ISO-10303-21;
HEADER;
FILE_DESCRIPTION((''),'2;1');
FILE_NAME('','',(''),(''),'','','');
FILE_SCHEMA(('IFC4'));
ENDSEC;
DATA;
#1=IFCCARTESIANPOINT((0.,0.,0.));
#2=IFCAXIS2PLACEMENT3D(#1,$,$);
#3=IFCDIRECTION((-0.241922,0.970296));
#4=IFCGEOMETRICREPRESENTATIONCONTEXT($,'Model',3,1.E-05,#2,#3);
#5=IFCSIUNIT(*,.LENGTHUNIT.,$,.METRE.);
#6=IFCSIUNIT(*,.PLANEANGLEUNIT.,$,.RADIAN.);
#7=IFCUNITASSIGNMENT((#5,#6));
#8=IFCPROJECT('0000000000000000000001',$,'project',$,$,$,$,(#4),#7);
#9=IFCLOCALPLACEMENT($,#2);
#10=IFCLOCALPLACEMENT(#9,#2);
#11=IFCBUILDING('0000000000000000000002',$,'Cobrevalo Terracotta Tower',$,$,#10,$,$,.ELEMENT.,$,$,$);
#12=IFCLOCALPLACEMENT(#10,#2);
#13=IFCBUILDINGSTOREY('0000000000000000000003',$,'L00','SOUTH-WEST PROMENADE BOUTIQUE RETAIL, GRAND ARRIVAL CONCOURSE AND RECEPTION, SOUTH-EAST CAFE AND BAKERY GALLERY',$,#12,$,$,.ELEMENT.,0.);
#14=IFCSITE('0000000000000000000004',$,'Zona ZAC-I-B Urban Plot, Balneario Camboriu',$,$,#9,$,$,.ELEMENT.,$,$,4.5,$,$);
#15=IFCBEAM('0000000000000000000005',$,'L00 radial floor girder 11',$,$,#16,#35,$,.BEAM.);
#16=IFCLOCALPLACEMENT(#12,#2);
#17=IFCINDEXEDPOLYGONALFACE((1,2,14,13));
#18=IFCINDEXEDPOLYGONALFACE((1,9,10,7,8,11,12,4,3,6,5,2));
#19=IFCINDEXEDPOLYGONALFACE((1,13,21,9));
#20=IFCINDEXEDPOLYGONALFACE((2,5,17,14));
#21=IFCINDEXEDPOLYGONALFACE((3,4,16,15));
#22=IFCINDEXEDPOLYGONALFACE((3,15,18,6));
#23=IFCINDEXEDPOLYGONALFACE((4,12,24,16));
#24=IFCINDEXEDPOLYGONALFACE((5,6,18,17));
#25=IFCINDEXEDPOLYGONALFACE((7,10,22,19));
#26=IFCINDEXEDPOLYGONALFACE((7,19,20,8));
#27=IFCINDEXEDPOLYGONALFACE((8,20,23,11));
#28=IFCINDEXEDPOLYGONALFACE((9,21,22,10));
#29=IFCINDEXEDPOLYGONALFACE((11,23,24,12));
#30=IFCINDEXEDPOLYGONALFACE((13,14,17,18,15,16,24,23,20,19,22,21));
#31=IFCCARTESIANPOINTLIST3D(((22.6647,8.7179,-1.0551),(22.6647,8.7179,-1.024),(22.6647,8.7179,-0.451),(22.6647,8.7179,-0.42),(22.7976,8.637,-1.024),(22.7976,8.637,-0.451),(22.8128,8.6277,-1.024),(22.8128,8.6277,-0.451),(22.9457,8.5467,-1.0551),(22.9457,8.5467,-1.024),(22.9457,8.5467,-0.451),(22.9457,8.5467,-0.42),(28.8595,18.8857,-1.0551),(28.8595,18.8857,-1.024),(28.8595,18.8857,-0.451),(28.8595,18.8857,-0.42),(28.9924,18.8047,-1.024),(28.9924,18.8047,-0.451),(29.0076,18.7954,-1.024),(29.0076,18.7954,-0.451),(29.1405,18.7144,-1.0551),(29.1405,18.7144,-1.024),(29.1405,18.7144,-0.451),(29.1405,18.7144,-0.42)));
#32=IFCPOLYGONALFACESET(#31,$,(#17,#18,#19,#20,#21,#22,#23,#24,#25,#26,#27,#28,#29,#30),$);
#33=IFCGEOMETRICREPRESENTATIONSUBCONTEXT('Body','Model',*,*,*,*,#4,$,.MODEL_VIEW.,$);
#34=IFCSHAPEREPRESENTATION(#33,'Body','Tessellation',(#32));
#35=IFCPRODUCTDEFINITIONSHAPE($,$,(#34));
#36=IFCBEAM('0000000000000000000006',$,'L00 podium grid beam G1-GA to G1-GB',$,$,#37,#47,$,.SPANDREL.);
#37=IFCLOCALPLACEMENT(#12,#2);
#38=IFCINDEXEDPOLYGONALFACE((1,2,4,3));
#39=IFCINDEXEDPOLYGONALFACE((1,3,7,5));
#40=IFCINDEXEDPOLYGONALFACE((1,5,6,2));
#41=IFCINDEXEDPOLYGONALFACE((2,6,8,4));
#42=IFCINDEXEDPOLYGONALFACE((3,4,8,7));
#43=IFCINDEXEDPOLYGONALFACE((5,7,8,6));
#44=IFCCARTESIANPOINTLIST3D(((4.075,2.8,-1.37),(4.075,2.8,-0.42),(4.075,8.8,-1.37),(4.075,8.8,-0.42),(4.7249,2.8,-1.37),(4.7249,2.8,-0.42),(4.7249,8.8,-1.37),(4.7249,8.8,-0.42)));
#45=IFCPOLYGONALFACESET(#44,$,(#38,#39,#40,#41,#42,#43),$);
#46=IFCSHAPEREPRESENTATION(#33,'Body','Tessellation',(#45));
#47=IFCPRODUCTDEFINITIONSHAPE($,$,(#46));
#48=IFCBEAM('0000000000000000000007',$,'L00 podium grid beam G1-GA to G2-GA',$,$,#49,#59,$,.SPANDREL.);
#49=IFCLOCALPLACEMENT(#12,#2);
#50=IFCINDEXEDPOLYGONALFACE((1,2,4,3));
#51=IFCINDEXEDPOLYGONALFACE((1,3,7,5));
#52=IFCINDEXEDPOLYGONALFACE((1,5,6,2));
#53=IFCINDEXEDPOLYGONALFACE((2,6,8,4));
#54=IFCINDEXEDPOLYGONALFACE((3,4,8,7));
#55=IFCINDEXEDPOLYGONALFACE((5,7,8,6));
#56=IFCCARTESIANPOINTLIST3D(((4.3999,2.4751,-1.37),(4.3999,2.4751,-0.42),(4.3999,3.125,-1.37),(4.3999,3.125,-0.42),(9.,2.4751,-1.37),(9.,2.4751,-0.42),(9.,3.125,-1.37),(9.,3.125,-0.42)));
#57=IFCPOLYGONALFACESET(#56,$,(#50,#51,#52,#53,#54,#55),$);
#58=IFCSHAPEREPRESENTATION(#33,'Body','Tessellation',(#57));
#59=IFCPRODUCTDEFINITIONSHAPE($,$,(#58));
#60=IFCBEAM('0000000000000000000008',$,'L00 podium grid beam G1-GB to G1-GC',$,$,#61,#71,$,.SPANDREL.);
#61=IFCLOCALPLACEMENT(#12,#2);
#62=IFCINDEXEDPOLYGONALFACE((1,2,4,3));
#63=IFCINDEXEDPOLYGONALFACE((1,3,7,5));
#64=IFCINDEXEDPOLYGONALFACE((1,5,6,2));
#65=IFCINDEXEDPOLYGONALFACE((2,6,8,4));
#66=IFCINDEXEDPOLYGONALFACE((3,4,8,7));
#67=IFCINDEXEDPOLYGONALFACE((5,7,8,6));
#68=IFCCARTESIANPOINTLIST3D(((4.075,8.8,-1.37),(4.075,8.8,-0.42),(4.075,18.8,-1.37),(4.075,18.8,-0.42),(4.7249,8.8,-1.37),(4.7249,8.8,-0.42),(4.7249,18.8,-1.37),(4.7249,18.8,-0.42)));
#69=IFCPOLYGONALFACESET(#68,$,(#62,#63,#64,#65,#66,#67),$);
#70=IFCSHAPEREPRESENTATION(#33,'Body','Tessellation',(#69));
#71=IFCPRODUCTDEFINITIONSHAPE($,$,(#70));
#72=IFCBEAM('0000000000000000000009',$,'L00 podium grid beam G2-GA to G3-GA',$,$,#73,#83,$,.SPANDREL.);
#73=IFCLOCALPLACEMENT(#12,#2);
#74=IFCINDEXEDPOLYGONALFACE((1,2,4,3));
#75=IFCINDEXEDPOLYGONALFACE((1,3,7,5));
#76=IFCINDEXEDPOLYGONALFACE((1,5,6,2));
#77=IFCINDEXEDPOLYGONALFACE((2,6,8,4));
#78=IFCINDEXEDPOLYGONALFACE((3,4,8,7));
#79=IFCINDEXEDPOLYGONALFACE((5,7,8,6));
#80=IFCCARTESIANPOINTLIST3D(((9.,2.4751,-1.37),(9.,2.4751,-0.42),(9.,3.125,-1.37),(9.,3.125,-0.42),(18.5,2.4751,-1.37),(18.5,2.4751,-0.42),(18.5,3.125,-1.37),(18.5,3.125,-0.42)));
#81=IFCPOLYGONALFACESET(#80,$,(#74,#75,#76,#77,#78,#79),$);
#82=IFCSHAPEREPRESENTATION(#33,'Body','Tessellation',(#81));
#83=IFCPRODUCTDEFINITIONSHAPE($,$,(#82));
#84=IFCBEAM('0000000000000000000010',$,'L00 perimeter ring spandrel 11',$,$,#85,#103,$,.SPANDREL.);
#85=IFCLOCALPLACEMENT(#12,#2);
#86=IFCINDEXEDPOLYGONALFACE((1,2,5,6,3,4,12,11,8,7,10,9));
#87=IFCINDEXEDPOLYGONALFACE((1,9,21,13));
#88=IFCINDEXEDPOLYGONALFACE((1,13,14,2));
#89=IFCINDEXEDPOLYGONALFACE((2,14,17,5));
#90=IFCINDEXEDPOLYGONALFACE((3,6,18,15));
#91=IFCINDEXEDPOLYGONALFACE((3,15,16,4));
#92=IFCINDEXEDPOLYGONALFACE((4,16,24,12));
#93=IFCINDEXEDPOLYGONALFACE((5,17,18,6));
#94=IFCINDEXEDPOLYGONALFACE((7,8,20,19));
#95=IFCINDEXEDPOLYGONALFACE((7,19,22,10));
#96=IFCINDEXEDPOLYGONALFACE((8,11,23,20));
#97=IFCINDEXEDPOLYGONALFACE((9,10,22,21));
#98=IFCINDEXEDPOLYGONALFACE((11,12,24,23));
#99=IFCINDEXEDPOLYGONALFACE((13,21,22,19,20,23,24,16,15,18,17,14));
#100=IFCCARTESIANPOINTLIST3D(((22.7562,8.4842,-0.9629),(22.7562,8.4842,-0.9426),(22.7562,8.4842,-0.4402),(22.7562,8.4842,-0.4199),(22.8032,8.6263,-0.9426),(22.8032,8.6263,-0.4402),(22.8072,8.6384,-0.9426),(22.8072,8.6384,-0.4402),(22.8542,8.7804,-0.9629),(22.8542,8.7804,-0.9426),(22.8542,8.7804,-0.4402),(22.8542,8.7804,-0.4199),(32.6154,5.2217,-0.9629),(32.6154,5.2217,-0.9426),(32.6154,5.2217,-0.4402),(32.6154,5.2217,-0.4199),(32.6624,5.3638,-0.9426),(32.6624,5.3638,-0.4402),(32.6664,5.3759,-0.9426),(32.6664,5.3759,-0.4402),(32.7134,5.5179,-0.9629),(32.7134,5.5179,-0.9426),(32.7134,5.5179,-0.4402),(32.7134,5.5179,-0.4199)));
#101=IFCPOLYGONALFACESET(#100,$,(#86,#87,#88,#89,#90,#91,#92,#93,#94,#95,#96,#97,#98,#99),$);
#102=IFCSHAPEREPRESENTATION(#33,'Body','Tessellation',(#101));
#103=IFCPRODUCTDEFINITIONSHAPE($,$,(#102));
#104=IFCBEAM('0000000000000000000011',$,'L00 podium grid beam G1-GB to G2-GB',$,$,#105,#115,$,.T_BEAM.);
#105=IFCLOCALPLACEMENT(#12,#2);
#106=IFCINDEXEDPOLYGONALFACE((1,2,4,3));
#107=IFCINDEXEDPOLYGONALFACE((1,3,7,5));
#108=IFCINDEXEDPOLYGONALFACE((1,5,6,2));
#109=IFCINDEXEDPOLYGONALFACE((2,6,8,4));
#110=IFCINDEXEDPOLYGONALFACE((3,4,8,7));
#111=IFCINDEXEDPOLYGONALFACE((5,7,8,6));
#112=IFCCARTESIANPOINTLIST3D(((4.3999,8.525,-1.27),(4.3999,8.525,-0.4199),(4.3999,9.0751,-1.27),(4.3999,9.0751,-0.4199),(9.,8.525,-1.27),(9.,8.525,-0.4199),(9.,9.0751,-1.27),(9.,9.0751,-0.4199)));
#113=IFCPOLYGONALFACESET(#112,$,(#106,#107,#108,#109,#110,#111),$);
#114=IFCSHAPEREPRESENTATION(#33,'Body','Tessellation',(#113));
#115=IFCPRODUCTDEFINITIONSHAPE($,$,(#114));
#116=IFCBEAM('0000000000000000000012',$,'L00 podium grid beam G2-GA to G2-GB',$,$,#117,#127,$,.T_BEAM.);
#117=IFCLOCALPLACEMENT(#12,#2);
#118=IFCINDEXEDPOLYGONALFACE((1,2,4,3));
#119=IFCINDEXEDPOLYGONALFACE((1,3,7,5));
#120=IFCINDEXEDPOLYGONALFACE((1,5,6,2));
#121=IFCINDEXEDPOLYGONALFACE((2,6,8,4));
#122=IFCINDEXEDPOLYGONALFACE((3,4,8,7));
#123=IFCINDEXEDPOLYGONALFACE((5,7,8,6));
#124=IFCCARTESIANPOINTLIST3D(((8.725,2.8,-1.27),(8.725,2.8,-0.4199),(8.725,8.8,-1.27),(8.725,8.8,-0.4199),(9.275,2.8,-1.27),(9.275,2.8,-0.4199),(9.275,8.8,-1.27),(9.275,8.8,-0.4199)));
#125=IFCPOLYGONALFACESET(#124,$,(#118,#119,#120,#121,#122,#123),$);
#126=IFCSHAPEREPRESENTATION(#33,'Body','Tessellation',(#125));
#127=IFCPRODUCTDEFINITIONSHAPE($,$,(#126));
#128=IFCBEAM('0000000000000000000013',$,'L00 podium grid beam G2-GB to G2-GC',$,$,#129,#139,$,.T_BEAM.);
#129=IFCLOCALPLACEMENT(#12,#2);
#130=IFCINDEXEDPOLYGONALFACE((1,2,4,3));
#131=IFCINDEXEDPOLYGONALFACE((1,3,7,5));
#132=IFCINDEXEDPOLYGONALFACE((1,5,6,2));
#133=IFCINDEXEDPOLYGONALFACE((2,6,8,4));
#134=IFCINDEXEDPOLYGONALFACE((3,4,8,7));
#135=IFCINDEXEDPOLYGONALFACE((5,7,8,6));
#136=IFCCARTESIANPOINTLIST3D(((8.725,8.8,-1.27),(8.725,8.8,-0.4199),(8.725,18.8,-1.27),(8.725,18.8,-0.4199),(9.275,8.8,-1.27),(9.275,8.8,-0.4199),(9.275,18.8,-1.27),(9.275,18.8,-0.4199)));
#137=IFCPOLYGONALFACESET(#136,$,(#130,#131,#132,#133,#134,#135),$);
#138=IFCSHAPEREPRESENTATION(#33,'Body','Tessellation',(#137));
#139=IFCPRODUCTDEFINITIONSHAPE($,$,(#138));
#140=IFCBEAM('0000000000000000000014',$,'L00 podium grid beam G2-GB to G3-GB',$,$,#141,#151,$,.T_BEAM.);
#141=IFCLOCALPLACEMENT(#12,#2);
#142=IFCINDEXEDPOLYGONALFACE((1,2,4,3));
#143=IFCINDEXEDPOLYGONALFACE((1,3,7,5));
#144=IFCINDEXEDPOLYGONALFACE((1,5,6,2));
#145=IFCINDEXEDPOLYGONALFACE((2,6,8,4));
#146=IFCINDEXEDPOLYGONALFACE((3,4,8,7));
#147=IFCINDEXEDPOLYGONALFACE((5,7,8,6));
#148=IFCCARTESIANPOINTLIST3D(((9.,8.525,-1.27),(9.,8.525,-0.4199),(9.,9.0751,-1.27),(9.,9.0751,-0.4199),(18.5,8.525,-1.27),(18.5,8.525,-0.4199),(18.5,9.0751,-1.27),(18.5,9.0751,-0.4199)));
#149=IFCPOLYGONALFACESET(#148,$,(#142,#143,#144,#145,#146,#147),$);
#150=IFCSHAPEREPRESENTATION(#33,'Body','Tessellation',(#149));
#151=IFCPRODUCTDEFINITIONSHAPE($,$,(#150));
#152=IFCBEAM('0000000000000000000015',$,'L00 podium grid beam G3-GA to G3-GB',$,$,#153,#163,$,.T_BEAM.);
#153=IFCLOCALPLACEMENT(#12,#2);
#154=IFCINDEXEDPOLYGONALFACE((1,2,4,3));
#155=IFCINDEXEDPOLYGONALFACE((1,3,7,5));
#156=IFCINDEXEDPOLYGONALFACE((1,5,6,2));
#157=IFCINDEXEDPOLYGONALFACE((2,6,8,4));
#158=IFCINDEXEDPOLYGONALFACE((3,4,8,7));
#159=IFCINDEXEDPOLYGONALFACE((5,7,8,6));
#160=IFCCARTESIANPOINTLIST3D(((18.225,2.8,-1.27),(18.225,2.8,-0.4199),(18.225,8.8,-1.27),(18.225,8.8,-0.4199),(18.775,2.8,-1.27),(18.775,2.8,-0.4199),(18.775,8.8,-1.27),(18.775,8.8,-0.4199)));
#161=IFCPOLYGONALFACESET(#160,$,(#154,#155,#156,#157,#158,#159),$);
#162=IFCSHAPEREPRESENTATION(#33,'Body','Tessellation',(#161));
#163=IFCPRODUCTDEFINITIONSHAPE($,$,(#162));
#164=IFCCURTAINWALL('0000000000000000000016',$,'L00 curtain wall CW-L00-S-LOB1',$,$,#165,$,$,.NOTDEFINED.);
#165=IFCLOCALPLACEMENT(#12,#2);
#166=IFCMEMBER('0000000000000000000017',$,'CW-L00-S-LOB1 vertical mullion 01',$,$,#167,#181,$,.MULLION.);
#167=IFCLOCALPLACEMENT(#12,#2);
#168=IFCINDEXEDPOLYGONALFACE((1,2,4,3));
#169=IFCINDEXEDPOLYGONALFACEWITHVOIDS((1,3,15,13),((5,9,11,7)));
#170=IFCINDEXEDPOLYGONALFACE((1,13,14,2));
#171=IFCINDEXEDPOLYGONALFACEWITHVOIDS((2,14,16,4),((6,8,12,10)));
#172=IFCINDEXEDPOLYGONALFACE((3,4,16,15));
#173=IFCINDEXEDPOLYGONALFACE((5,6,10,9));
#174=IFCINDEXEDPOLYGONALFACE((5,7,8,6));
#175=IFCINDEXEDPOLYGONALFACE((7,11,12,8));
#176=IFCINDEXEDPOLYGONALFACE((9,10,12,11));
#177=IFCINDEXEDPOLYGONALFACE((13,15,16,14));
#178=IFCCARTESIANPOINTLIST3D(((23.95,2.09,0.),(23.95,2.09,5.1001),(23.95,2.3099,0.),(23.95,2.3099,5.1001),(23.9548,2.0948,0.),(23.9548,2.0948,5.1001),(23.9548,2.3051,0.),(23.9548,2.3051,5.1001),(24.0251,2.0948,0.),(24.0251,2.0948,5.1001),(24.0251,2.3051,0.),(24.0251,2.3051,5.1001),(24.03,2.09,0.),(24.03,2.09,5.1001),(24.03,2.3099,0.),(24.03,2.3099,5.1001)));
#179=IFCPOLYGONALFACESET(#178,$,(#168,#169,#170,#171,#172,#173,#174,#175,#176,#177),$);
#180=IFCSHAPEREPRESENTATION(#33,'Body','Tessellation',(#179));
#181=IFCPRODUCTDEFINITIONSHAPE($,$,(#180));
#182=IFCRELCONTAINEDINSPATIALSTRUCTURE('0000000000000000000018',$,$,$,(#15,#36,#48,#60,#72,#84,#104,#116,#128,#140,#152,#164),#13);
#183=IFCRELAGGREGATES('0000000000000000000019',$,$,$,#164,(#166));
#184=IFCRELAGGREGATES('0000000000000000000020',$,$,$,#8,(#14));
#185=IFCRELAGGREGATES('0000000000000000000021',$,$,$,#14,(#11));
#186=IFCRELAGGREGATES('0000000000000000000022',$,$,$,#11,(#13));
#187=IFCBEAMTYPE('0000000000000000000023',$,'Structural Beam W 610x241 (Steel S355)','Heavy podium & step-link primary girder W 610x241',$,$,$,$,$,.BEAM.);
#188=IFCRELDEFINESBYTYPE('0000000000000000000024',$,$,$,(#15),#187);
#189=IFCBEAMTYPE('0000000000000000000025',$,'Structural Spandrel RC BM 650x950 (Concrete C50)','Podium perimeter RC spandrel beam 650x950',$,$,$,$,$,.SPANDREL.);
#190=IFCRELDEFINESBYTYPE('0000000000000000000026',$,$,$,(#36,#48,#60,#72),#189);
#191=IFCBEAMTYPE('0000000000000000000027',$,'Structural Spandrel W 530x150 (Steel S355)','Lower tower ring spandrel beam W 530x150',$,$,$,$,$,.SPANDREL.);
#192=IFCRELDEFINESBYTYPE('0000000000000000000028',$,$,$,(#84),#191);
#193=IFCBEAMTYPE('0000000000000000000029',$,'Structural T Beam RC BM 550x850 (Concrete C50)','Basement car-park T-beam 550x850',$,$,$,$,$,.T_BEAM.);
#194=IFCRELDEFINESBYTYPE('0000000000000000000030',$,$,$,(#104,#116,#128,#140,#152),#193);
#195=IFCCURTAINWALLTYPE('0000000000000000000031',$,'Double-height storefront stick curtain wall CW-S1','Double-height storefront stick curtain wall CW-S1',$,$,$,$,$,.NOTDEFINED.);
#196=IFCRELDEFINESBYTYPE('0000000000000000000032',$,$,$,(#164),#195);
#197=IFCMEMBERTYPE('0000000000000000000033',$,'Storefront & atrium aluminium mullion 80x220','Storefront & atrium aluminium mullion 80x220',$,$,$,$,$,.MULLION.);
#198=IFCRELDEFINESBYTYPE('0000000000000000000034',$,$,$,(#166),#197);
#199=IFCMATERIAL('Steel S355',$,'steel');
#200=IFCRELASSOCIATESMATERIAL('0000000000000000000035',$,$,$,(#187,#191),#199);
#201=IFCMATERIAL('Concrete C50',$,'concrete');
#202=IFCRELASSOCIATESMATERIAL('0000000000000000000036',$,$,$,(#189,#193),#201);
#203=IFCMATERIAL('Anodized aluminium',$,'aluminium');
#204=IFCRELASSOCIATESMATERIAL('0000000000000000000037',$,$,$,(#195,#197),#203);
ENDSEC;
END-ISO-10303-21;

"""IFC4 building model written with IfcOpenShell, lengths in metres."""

from ifc_helpers import new_model, si_unit, direction, frame, origin, origin_2d, place, context, subcontext, project, spatial, rectangle, hollow_rectangle, i_section, extrude, source, transform, mapped, material, material_profile, profile_set, type_object, element, aggregate, save


model = new_model("IFC4")

# Units and contexts
model_context = context("Model", 3, precision=1e-05, world=origin(), true_north=direction((-0.241922, 0.970296)))
body_context = subcontext(model_context, "Body", "Model", "MODEL_VIEW")
ifc_project = project(units=[si_unit("LENGTHUNIT", "METRE"), si_unit("PLANEANGLEUNIT", "RADIAN")], contexts=[model_context])

# Site, building, storey
site_placement = place(None, origin())
site = spatial("IfcSite", under=ifc_project, at=site_placement, Name="Zona ZAC-I-B Urban Plot, Balneario Camboriu", CompositionType="ELEMENT", RefElevation=4.5)
building_placement = place(site_placement, origin())
building = spatial("IfcBuilding", under=site, at=building_placement, Name="Cobrevalo Terracotta Tower", CompositionType="ELEMENT")
storey_placement = place(building_placement, origin())
storey = spatial("IfcBuildingStorey", under=building, at=storey_placement, Name="L00", Description="SOUTH-WEST PROMENADE BOUTIQUE RETAIL, GRAND ARRIVAL CONCOURSE AND RECEPTION, SOUTH-EAST CAFE AND BAKERY GALLERY", CompositionType="ELEMENT", Elevation=0.0)

# Shared definitions
ifc_material_1 = material(Name="Steel S355", Category="steel")
ifc_material_2 = material(Name="Concrete C50", Category="concrete")

# Beams
ifc_material_profile_1 = material_profile(ifc_material_1, i_section(OverallWidth=0.3291, OverallDepth=0.635, WebThickness=0.0178, FlangeThickness=0.031, at=origin_2d()), Name="W 610x241")
ifc_profile_set_1 = profile_set([ifc_material_profile_1], Name="Steel S355")
beam_type_1 = type_object("IfcBeamType", Name="Structural Beam W 610x241 (Steel S355)", Description="Heavy podium & step-link primary girder W 610x241", PredefinedType="BEAM", material=ifc_profile_set_1)
beam_1_placement = place(storey_placement, frame((22.8052, 8.6323, -0.7375), z_axis=(0.520301, 0.853983, 0.0), x_axis=(-0.853983, 0.520301, 0.0)))
element("IfcBeam", 1, at=beam_1_placement, inside=storey, type_object=beam_type_1, Name="L00 radial floor girder 11", PredefinedType="BEAM", context=body_context, shape_type="SweptSolid", body=[
    extrude(i_section(OverallWidth=0.3291, OverallDepth=0.635, WebThickness=0.0178, FlangeThickness=0.031, at=origin_2d()), origin(), (0.0, 0.0, 1.0), 11.9062),
])
ifc_material_profile_2 = material_profile(ifc_material_2, rectangle(XDim=0.6499, YDim=0.95, at=origin_2d()), Name="RC BM 650x950")
ifc_profile_set_2 = profile_set([ifc_material_profile_2], Name="Concrete C50")
beam_type_2 = type_object("IfcBeamType", Name="Structural Spandrel RC BM 650x950 (Concrete C50)", Description="Podium perimeter RC spandrel beam 650x950", PredefinedType="SPANDREL", material=ifc_profile_set_2)
beam_2_placement = place(storey_placement, frame((4.3999, 2.8, -0.895), z_axis=(0.0, 1.0, 0.0), x_axis=(-1.0, 0.0, 0.0)))
element("IfcBeam", 2, at=beam_2_placement, inside=storey, type_object=beam_type_2, Name="L00 podium grid beam G1-GA to G1-GB", PredefinedType="SPANDREL", context=body_context, shape_type="SweptSolid", body=[
    extrude(rectangle(XDim=0.6499, YDim=0.95, at=origin_2d()), origin(), (0.0, 0.0, 1.0), 6.0),
])
beam_3_placement = place(storey_placement, frame((4.3999, 2.8, -0.895), z_axis=(1.0, 0.0, 0.0), x_axis=(0.0, 1.0, 0.0)))
element("IfcBeam", 3, at=beam_3_placement, inside=storey, type_object=beam_type_2, Name="L00 podium grid beam G1-GA to G2-GA", PredefinedType="SPANDREL", context=body_context, shape_type="SweptSolid", body=[
    extrude(rectangle(XDim=0.6499, YDim=0.95, at=origin_2d()), origin(), (0.0, 0.0, 1.0), 4.6001),
])
beam_4_placement = place(storey_placement, frame((4.3999, 8.8, -0.895), z_axis=(0.0, 1.0, 0.0), x_axis=(-1.0, 0.0, 0.0)))
element("IfcBeam", 4, at=beam_4_placement, inside=storey, type_object=beam_type_2, Name="L00 podium grid beam G1-GB to G1-GC", PredefinedType="SPANDREL", context=body_context, shape_type="SweptSolid", body=[
    extrude(rectangle(XDim=0.6499, YDim=0.95, at=origin_2d()), origin(), (0.0, 0.0, 1.0), 10.0),
])
beam_5_placement = place(storey_placement, frame((9.0, 2.8, -0.895), z_axis=(1.0, 0.0, 0.0), x_axis=(0.0, 1.0, 0.0)))
element("IfcBeam", 5, at=beam_5_placement, inside=storey, type_object=beam_type_2, Name="L00 podium grid beam G2-GA to G3-GA", PredefinedType="SPANDREL", context=body_context, shape_type="SweptSolid", body=[
    extrude(rectangle(XDim=0.6499, YDim=0.95, at=origin_2d()), origin(), (0.0, 0.0, 1.0), 9.5),
])
ifc_material_profile_3 = material_profile(ifc_material_1, i_section(OverallWidth=0.312, OverallDepth=0.543, WebThickness=0.0127, FlangeThickness=0.0203, at=origin_2d()), Name="W 530x150")
ifc_profile_set_3 = profile_set([ifc_material_profile_3], Name="Steel S355")
beam_type_3 = type_object("IfcBeamType", Name="Structural Spandrel W 530x150 (Steel S355)", Description="Lower tower ring spandrel beam W 530x150", PredefinedType="SPANDREL", material=ifc_profile_set_3)
beam_6_placement = place(storey_placement, frame((22.8052, 8.6323, -0.6914), z_axis=(0.949372, -0.314153, 0.0), x_axis=(0.314153, 0.949372, 0.0)))
element("IfcBeam", 6, at=beam_6_placement, inside=storey, type_object=beam_type_3, Name="L00 perimeter ring spandrel 11", PredefinedType="SPANDREL", context=body_context, shape_type="SweptSolid", body=[
    extrude(i_section(OverallWidth=0.312, OverallDepth=0.543, WebThickness=0.0127, FlangeThickness=0.0203, at=origin_2d()), origin(), (0.0, 0.0, 1.0), 10.385),
])
ifc_material_profile_4 = material_profile(ifc_material_2, rectangle(XDim=0.55, YDim=0.8501, at=origin_2d()), Name="RC BM 550x850")
ifc_profile_set_4 = profile_set([ifc_material_profile_4], Name="Concrete C50")
beam_type_4 = type_object("IfcBeamType", Name="Structural T Beam RC BM 550x850 (Concrete C50)", Description="Basement car-park T-beam 550x850", PredefinedType="T_BEAM", material=ifc_profile_set_4)
beam_7_placement = place(storey_placement, frame((4.3999, 8.8, -0.845), z_axis=(1.0, 0.0, 0.0), x_axis=(0.0, 1.0, 0.0)))
element("IfcBeam", 7, at=beam_7_placement, inside=storey, type_object=beam_type_4, Name="L00 podium grid beam G1-GB to G2-GB", PredefinedType="T_BEAM", context=body_context, shape_type="SweptSolid", body=[
    extrude(rectangle(XDim=0.55, YDim=0.8501, at=origin_2d()), origin(), (0.0, 0.0, 1.0), 4.6001),
])
beam_8_placement = place(storey_placement, frame((9.0, 2.8, -0.845), z_axis=(0.0, 1.0, 0.0), x_axis=(-1.0, 0.0, 0.0)))
element("IfcBeam", 8, at=beam_8_placement, inside=storey, type_object=beam_type_4, Name="L00 podium grid beam G2-GA to G2-GB", PredefinedType="T_BEAM", context=body_context, shape_type="SweptSolid", body=[
    extrude(rectangle(XDim=0.55, YDim=0.8501, at=origin_2d()), origin(), (0.0, 0.0, 1.0), 6.0),
])
beam_9_placement = place(storey_placement, frame((9.0, 8.8, -0.845), z_axis=(0.0, 1.0, 0.0), x_axis=(-1.0, 0.0, 0.0)))
element("IfcBeam", 9, at=beam_9_placement, inside=storey, type_object=beam_type_4, Name="L00 podium grid beam G2-GB to G2-GC", PredefinedType="T_BEAM", context=body_context, shape_type="SweptSolid", body=[
    extrude(rectangle(XDim=0.55, YDim=0.8501, at=origin_2d()), origin(), (0.0, 0.0, 1.0), 10.0),
])
beam_10_placement = place(storey_placement, frame((9.0, 8.8, -0.845), z_axis=(1.0, 0.0, 0.0), x_axis=(0.0, 1.0, 0.0)))
element("IfcBeam", 10, at=beam_10_placement, inside=storey, type_object=beam_type_4, Name="L00 podium grid beam G2-GB to G3-GB", PredefinedType="T_BEAM", context=body_context, shape_type="SweptSolid", body=[
    extrude(rectangle(XDim=0.55, YDim=0.8501, at=origin_2d()), origin(), (0.0, 0.0, 1.0), 9.5),
])
beam_11_placement = place(storey_placement, frame((18.5, 2.8, -0.845), z_axis=(0.0, 1.0, 0.0), x_axis=(-1.0, 0.0, 0.0)))
element("IfcBeam", 11, at=beam_11_placement, inside=storey, type_object=beam_type_4, Name="L00 podium grid beam G3-GA to G3-GB", PredefinedType="T_BEAM", context=body_context, shape_type="SweptSolid", body=[
    extrude(rectangle(XDim=0.55, YDim=0.8501, at=origin_2d()), origin(), (0.0, 0.0, 1.0), 6.0),
])

# Curtain wall, member
ifc_material_3 = material(Name="Anodized aluminium", Category="aluminium")
curtain_wall_type = type_object("IfcCurtainWallType", Name="Double-height storefront stick curtain wall CW-S1", Description="Double-height storefront stick curtain wall CW-S1", PredefinedType="NOTDEFINED", material=ifc_material_3)
curtain_wall_placement = place(storey_placement, origin())
curtain_wall = element("IfcCurtainWall", 12, at=curtain_wall_placement, inside=storey, type_object=curtain_wall_type, Name="L00 curtain wall CW-L00-S-LOB1", PredefinedType="NOTDEFINED")
ifc_material_profile_5 = material_profile(ifc_material_3, hollow_rectangle(XDim=0.0801, YDim=0.22, WallThickness=0.0049, at=origin_2d()), Name="CWM 80x220")
ifc_profile_set_5 = profile_set([ifc_material_profile_5], Name="Anodized aluminium")
member_type = type_object("IfcMemberType", Name="Storefront & atrium aluminium mullion 80x220", Description="Storefront & atrium aluminium mullion 80x220", PredefinedType="MULLION", material=ifc_profile_set_5)
shared_shape_1 = source(origin(), body_context, "Body", "SweptSolid", [
    extrude(hollow_rectangle(XDim=0.0801, YDim=0.22, WallThickness=0.0049, at=origin_2d()), origin(), (0.0, 0.0, 1.0), 5.1001),
])
member_placement = place(storey_placement, frame((23.99, 2.2, 0.0), z_axis=(0.0, 0.0, 1.0), x_axis=(1.0, 0.0, 0.0)))
member = element("IfcMember", 13, at=member_placement, type_object=member_type, Name="CW-L00-S-LOB1 vertical mullion 01", PredefinedType="MULLION", context=body_context, shape_type="MappedRepresentation", body=[
    mapped(shared_shape_1, transform((0.0, 0.0, 0.0), scale=1.0)),
])
aggregate(curtain_wall, [member])

save(model, "model.ifc")
